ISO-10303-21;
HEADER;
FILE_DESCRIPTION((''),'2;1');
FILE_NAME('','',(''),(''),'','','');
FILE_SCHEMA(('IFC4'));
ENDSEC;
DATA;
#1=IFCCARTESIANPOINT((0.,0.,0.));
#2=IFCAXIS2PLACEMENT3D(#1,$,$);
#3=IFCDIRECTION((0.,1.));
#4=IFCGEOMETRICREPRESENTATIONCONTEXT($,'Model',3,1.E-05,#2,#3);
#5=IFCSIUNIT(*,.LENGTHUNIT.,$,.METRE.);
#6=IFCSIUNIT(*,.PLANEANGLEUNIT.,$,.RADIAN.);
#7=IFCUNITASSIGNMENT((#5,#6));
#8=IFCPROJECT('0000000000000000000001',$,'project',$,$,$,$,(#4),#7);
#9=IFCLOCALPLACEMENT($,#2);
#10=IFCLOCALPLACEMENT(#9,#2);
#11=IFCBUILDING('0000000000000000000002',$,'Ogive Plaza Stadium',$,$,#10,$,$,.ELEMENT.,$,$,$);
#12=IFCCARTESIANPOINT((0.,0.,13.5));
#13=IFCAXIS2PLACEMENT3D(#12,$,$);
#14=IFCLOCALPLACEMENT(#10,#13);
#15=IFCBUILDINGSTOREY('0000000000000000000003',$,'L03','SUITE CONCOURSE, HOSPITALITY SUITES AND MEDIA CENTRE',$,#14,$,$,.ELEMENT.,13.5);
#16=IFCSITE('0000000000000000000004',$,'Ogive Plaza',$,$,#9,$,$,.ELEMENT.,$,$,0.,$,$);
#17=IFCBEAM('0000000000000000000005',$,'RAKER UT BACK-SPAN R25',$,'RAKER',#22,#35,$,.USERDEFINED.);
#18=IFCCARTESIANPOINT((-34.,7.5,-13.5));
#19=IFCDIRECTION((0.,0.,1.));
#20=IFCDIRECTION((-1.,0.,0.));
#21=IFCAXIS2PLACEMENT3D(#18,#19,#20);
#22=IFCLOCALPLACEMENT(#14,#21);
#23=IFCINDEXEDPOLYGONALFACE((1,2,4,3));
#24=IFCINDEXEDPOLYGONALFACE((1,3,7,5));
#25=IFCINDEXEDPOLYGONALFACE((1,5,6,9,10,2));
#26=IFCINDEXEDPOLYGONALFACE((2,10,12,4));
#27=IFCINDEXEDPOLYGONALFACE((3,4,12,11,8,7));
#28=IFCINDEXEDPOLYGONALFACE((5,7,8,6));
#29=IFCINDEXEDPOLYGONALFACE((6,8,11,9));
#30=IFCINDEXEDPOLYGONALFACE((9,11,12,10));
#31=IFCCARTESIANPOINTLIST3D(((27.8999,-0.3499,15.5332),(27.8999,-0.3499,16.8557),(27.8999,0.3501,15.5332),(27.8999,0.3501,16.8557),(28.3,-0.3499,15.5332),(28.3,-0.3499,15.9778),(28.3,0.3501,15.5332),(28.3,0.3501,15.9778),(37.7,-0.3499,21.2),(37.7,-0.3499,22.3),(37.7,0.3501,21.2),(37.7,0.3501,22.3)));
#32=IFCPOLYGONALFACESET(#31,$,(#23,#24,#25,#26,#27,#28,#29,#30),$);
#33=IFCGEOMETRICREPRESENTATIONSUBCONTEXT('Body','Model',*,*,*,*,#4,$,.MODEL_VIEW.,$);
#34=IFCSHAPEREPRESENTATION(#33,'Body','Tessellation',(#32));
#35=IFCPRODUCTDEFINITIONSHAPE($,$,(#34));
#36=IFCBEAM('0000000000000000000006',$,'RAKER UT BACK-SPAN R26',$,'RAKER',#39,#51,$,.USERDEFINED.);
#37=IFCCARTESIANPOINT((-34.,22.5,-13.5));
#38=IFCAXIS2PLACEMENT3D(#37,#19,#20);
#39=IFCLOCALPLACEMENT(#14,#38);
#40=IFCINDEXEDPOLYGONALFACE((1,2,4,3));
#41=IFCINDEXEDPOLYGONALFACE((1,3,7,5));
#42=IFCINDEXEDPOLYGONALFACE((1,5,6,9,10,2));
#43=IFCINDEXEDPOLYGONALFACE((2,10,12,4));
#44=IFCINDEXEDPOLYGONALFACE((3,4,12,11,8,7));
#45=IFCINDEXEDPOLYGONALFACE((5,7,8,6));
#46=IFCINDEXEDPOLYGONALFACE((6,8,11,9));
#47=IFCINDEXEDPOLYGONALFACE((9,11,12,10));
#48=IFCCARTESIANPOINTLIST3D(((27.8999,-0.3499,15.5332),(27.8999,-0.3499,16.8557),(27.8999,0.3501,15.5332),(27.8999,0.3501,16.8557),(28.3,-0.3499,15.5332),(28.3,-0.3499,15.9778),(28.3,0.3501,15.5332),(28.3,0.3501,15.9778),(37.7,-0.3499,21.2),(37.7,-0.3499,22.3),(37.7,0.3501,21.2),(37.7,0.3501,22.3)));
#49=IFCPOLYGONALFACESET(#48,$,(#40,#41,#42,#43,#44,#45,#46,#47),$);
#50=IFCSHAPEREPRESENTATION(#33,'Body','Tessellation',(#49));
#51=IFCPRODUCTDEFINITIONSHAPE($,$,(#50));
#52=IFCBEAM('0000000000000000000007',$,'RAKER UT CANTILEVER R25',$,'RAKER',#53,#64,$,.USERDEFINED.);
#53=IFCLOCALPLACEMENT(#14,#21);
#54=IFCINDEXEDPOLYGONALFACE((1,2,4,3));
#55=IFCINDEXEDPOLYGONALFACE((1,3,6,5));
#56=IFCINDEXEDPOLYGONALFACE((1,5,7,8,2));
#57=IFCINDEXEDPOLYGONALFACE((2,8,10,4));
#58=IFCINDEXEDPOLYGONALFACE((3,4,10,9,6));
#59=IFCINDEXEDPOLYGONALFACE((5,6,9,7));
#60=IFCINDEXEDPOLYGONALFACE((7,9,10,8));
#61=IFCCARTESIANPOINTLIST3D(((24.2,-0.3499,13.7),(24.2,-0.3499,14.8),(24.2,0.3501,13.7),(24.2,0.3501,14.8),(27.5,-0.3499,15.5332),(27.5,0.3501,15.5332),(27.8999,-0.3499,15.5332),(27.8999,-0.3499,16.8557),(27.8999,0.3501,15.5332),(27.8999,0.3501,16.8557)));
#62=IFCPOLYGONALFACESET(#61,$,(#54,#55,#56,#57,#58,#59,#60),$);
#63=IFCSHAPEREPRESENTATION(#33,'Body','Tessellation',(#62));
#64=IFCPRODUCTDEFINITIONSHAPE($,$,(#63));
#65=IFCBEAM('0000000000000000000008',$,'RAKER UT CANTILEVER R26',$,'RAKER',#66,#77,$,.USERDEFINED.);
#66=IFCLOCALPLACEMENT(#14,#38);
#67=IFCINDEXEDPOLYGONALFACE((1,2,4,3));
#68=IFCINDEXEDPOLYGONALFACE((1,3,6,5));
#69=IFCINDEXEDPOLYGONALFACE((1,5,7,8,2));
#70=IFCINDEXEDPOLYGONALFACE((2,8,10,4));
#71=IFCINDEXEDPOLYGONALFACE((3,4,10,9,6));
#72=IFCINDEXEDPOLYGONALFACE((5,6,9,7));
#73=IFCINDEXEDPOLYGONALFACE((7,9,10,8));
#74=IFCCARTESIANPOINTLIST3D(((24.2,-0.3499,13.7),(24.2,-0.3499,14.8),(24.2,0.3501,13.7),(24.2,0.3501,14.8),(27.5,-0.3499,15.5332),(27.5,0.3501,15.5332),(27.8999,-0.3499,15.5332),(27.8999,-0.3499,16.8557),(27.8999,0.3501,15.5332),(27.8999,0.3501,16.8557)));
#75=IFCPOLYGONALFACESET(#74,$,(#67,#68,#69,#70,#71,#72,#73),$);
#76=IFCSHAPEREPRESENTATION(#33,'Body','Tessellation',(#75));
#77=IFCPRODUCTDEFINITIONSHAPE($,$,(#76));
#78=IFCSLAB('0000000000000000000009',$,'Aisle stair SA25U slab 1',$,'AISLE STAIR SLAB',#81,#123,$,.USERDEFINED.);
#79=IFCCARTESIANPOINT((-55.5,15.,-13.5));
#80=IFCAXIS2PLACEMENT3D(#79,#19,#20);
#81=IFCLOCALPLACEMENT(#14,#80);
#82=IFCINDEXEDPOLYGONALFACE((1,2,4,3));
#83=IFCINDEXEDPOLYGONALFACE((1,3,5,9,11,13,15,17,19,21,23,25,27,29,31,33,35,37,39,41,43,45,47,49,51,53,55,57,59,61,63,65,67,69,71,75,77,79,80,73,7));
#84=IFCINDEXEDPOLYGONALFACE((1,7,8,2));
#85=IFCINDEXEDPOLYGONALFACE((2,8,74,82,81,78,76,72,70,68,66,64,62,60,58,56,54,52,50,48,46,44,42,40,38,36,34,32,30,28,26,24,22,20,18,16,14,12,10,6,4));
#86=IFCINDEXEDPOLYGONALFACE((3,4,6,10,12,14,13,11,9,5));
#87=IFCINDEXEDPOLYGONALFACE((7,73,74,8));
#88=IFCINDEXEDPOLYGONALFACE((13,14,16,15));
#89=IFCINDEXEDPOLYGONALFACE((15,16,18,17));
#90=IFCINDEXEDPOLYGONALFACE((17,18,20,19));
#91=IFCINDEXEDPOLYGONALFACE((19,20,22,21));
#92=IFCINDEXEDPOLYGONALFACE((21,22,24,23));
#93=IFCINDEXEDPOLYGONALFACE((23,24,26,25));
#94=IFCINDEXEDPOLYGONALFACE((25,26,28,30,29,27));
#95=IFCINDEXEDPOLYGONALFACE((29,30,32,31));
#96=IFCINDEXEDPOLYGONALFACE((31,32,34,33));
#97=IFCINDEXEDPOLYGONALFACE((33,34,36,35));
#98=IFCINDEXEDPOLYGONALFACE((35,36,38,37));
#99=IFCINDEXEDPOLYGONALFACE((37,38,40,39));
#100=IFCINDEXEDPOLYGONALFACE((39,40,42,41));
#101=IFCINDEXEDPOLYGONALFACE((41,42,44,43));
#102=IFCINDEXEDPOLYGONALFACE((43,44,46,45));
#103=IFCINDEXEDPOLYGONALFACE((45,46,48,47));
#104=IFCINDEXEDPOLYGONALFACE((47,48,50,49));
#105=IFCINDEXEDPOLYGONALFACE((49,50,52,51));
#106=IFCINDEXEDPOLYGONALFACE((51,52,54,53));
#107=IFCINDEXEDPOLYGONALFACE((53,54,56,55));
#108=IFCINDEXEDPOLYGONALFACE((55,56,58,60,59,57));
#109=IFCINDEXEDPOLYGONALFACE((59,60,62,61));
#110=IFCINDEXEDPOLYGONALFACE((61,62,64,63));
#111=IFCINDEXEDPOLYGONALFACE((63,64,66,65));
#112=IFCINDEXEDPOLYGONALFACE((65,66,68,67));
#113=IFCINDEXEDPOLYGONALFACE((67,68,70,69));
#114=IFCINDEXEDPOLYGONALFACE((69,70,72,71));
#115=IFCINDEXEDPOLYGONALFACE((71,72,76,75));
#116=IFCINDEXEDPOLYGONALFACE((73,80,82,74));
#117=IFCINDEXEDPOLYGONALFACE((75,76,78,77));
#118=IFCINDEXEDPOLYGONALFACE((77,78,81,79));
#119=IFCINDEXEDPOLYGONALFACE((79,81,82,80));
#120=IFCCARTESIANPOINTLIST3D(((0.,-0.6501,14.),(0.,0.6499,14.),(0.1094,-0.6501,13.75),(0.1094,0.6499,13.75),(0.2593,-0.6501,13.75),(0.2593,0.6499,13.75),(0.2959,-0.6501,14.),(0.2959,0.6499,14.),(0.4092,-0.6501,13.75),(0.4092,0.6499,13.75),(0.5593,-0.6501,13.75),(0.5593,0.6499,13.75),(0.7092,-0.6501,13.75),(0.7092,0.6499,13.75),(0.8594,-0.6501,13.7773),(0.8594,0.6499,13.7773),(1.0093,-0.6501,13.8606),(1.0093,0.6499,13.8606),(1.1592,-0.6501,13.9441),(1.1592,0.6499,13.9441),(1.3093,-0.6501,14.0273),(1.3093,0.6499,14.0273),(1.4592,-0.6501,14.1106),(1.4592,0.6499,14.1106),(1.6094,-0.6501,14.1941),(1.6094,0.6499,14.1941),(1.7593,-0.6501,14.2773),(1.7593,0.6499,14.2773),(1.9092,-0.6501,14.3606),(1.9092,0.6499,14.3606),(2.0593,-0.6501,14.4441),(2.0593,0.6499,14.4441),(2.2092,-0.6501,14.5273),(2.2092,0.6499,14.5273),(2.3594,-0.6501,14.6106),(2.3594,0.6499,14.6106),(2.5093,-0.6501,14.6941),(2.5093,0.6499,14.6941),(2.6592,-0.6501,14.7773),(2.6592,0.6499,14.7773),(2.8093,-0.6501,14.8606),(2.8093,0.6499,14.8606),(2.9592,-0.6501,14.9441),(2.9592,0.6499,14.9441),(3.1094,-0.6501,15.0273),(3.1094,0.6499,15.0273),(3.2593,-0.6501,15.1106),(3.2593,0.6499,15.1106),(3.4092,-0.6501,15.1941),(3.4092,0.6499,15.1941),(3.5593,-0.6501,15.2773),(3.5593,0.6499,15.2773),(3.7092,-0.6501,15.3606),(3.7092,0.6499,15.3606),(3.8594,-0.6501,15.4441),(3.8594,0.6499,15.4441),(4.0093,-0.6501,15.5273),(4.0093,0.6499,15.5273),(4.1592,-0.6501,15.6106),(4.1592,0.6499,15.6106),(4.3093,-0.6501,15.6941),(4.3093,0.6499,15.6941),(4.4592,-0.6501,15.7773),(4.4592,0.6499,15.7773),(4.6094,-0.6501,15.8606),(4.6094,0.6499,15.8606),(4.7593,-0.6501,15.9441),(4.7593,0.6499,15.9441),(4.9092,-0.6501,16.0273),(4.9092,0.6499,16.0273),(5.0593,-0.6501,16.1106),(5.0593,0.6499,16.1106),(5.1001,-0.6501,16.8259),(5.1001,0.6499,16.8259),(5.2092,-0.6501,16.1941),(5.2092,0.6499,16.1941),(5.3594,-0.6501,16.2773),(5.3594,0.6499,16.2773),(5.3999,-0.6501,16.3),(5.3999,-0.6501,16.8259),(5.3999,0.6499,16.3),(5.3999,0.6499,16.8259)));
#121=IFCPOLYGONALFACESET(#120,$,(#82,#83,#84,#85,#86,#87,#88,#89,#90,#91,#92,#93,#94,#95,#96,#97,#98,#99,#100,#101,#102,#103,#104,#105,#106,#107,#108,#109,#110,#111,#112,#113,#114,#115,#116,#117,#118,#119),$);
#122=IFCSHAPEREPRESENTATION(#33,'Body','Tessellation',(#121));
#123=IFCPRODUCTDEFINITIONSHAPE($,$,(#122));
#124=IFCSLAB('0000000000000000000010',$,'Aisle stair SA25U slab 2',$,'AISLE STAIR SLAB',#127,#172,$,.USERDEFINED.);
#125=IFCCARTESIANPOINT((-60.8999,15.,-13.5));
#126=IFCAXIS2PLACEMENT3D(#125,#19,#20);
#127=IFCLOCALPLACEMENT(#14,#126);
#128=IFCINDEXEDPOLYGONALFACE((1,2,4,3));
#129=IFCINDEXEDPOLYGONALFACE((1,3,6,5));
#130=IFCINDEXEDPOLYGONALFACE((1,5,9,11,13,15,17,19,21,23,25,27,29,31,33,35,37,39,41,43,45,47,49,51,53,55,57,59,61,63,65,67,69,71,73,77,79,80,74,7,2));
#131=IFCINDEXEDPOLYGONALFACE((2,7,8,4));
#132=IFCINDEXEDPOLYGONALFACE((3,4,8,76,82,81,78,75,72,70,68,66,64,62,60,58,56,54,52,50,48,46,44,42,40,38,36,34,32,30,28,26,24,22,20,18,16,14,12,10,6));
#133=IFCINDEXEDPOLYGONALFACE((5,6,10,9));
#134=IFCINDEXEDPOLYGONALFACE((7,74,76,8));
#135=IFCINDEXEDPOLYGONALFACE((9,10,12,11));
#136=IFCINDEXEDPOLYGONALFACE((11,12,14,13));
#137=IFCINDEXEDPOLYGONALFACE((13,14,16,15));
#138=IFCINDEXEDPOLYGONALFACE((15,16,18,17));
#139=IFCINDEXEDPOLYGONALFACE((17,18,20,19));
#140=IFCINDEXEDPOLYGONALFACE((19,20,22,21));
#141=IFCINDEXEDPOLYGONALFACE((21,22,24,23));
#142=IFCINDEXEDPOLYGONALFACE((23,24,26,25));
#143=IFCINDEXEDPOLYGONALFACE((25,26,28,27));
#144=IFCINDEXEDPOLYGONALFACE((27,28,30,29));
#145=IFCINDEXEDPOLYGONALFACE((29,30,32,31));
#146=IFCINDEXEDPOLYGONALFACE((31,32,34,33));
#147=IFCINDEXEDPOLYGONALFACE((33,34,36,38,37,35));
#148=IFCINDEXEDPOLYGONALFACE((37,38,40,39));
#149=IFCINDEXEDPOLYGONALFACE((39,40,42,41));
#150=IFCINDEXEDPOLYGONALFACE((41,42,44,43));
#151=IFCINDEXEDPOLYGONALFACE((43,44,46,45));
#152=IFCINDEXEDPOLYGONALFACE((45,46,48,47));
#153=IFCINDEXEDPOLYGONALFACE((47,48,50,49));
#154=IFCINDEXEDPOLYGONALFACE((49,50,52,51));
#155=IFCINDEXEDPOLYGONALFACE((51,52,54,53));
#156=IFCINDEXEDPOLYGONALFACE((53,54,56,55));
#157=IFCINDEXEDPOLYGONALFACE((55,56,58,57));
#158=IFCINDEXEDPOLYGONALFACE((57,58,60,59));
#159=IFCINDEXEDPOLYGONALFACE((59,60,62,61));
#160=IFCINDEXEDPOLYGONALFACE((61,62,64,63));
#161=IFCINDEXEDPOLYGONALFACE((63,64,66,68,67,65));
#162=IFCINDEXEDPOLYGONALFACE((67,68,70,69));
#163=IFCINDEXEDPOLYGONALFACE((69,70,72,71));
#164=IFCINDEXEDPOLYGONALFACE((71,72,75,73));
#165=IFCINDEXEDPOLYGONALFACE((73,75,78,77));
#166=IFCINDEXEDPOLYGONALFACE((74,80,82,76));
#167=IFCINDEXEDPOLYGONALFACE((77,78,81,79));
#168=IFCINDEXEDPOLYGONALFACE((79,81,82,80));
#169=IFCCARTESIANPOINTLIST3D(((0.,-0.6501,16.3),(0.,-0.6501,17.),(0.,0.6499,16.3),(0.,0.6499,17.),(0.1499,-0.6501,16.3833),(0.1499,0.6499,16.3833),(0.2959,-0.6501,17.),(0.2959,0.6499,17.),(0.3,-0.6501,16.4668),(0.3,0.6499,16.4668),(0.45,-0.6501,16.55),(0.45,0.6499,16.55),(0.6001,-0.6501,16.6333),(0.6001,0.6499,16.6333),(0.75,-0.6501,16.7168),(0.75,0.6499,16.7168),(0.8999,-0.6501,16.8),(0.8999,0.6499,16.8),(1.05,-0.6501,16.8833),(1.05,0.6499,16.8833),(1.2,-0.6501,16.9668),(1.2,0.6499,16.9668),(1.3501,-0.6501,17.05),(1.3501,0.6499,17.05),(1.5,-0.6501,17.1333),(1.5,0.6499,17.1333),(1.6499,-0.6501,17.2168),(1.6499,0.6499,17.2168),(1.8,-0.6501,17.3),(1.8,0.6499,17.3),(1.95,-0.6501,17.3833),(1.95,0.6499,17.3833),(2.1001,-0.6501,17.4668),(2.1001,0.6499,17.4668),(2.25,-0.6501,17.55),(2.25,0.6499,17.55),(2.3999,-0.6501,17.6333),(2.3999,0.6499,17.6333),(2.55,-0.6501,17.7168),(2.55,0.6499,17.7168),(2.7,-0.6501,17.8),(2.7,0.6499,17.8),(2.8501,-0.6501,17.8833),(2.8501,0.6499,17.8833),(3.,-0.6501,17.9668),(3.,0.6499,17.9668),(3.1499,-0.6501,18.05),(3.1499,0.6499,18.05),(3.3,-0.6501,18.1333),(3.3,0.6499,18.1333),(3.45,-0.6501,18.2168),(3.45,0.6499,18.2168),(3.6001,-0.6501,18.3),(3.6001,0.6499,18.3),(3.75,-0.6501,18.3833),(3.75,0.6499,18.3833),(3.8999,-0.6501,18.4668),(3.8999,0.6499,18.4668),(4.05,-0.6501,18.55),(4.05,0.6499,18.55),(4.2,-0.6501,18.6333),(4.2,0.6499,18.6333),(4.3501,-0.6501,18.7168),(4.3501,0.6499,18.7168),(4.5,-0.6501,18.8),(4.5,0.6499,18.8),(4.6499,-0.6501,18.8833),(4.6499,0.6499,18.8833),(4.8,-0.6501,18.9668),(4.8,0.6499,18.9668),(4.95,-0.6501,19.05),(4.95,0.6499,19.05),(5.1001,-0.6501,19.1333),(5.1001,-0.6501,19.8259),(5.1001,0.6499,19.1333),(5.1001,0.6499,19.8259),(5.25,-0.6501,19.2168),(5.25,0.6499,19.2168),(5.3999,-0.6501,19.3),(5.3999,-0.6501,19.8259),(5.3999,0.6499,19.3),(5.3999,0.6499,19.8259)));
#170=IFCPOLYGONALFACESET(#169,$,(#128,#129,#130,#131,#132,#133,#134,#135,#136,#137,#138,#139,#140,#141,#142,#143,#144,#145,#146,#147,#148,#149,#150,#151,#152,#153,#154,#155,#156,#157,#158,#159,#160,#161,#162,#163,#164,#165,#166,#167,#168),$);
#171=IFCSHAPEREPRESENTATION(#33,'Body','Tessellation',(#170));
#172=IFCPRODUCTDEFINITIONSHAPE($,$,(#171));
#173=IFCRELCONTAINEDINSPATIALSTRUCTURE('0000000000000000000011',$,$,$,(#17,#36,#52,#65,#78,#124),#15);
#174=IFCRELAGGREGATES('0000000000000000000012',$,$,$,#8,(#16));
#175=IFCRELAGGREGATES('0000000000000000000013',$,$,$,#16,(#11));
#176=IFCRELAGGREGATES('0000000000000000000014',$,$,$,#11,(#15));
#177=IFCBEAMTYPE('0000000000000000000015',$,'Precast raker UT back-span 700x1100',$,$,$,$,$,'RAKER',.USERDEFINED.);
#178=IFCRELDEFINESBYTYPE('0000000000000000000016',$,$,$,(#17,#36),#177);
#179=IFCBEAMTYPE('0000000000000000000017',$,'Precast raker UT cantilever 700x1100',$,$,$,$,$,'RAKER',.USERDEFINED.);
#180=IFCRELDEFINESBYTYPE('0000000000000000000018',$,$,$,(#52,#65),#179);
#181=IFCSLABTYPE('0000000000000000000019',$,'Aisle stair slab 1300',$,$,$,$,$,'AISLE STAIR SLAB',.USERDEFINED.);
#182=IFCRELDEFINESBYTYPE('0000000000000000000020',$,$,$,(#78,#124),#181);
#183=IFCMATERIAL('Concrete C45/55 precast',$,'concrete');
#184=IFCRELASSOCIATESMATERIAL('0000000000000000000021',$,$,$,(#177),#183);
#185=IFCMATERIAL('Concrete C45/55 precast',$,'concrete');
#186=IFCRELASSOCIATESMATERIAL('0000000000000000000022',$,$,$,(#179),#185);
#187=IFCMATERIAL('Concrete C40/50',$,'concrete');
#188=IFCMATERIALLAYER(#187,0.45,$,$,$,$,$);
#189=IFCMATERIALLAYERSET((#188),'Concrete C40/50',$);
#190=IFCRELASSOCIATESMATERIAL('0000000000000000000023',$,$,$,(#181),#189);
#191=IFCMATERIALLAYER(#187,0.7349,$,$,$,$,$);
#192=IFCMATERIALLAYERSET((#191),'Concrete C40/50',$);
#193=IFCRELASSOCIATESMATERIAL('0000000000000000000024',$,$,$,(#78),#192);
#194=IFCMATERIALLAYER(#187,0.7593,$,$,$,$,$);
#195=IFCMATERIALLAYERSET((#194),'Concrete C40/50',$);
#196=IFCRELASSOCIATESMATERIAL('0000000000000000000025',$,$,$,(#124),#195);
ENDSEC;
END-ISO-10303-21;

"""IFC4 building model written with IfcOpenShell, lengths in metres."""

from ifc_helpers import new_model, si_unit, direction, frame, origin, origin_2d, place, context, subcontext, project, spatial, polyline, rectangle, outline, extrude, material, layer, layer_set, material_profile, profile_set, type_object, element, save


model = new_model("IFC4")

# Units and contexts
model_context = context("Model", 3, precision=1e-05, world=origin(), true_north=direction((0.0, 1.0)))
body_context = subcontext(model_context, "Body", "Model", "MODEL_VIEW")
ifc_project = project(units=[si_unit("LENGTHUNIT", "METRE"), si_unit("PLANEANGLEUNIT", "RADIAN")], contexts=[model_context])

# Site, building, storey
site_placement = place(None, origin())
site = spatial("IfcSite", under=ifc_project, at=site_placement, Name="Ogive Plaza", CompositionType="ELEMENT", RefElevation=0.0)
building_placement = place(site_placement, origin())
building = spatial("IfcBuilding", under=site, at=building_placement, Name="Ogive Plaza Stadium", CompositionType="ELEMENT")
storey_placement = place(building_placement, frame((0.0, 0.0, 13.5)))
storey = spatial("IfcBuildingStorey", under=building, at=storey_placement, Name="L03", Description="SUITE CONCOURSE, HOSPITALITY SUITES AND MEDIA CENTRE", CompositionType="ELEMENT", Elevation=13.5)

# Beams
ifc_material_1 = material(Name="Concrete C45/55 precast", Category="concrete")
ifc_material_profile_1 = material_profile(ifc_material_1, rectangle(XDim=0.7, YDim=1.1001, at=origin_2d()), Name="RC 700x1100")
ifc_profile_set_1 = profile_set([ifc_material_profile_1], Name="Concrete C45/55 precast")
beam_type_1 = type_object("IfcBeamType", Name="Precast raker UT back-span 700x1100", ElementType="RAKER", PredefinedType="USERDEFINED", material=ifc_profile_set_1)
for number, where, z_axis, x_axis, name in (
    (1, (-34.0, 7.5, -13.5), (0.0, 0.0, 1.0), (-1.0, 0.0, 0.0), "RAKER UT BACK-SPAN R25"),
    (2, (-34.0, 22.5, -13.5), (0.0, 0.0, 1.0), (-1.0, 0.0, 0.0), "RAKER UT BACK-SPAN R26"),
):
    element("IfcBeam", number, at=place(storey_placement, frame(where, z_axis=z_axis, x_axis=x_axis)), inside=storey, type_object=beam_type_1, Name=name, ObjectType="RAKER", PredefinedType="USERDEFINED", context=body_context, shape_type="SweptSolid", body=[
        extrude(outline(polyline([(27.8999, 15.5332), (28.3, 15.5332), (28.3, 15.9778), (37.7, 21.2), (37.7, 22.3), (27.8999, 16.8557), (27.8999, 15.5332)])), frame((0.0, 0.3501, 0.0), z_axis=(0.0, -1.0, 0.0), x_axis=(1.0, 0.0, 0.0)), (0.0, 0.0, 1.0), 0.7),
    ])
ifc_material_2 = material(Name="Concrete C45/55 precast", Category="concrete")
ifc_material_profile_2 = material_profile(ifc_material_2, rectangle(XDim=0.7, YDim=1.1001, at=origin_2d()), Name="RC 700x1100")
ifc_profile_set_2 = profile_set([ifc_material_profile_2], Name="Concrete C45/55 precast")
beam_type_2 = type_object("IfcBeamType", Name="Precast raker UT cantilever 700x1100", ElementType="RAKER", PredefinedType="USERDEFINED", material=ifc_profile_set_2)
for number, where, z_axis, x_axis, name in (
    (3, (-34.0, 7.5, -13.5), (0.0, 0.0, 1.0), (-1.0, 0.0, 0.0), "RAKER UT CANTILEVER R25"),
    (4, (-34.0, 22.5, -13.5), (0.0, 0.0, 1.0), (-1.0, 0.0, 0.0), "RAKER UT CANTILEVER R26"),
):
    element("IfcBeam", number, at=place(storey_placement, frame(where, z_axis=z_axis, x_axis=x_axis)), inside=storey, type_object=beam_type_2, Name=name, ObjectType="RAKER", PredefinedType="USERDEFINED", context=body_context, shape_type="SweptSolid", body=[
        extrude(outline(polyline([(24.2, 13.7), (27.5, 15.5332), (27.8999, 15.5332), (27.8999, 16.8557), (24.2, 14.8), (24.2, 13.7)])), frame((0.0, 0.3501, 0.0), z_axis=(0.0, -1.0, 0.0), x_axis=(1.0, 0.0, 0.0)), (0.0, 0.0, 1.0), 0.7),
    ])

# Slabs
ifc_material_3 = material(Name="Concrete C40/50", Category="concrete")
ifc_layer_1 = layer(ifc_material_3, 0.7349)
ifc_layer_set_1 = layer_set([ifc_layer_1], Name="Concrete C40/50")
ifc_layer_2 = layer(ifc_material_3, 0.45)
ifc_layer_set_2 = layer_set([ifc_layer_2], Name="Concrete C40/50")
slab_type_1 = type_object("IfcSlabType", Name="Aisle stair slab 1300", ElementType="AISLE STAIR SLAB", PredefinedType="USERDEFINED", material=ifc_layer_set_2)
slab_1_placement = place(storey_placement, frame((-55.5, 15.0, -13.5), z_axis=(0.0, 0.0, 1.0), x_axis=(-1.0, 0.0, 0.0)))
element("IfcSlab", 5, at=slab_1_placement, inside=storey, type_object=slab_type_1, material=ifc_layer_set_1, Name="Aisle stair SA25U slab 1", ObjectType="AISLE STAIR SLAB", PredefinedType="USERDEFINED", context=body_context, shape_type="SweptSolid", body=[
    extrude(outline(polyline([(0.0, 14.0), (0.2959, 14.0), (5.1001, 16.8259), (5.3999, 16.8259), (5.3999, 16.3), (5.3594, 16.2773), (5.2092, 16.1941), (5.0593, 16.1106), (4.9092, 16.0273), (4.7593, 15.9441), (4.6094, 15.8606), (4.4592, 15.7773), (4.3093, 15.6941), (4.1592, 15.6106), (4.0093, 15.5273), (3.8594, 15.4441), (3.7092, 15.3606), (3.5593, 15.2773), (3.4092, 15.1941), (3.2593, 15.1106), (3.1094, 15.0273), (2.9592, 14.9441), (2.8093, 14.8606), (2.6592, 14.7773), (2.5093, 14.6941), (2.3594, 14.6106), (2.2092, 14.5273), (2.0593, 14.4441), (1.9092, 14.3606), (1.7593, 14.2773), (1.6094, 14.1941), (1.4592, 14.1106), (1.3093, 14.0273), (1.1592, 13.9441), (1.0093, 13.8606), (0.8594, 13.7773), (0.7092, 13.75), (0.5593, 13.75), (0.4092, 13.75), (0.2593, 13.75), (0.1094, 13.75), (0.0, 14.0)])), frame((0.0, 0.6499, 0.0), z_axis=(0.0, -1.0, 0.0), x_axis=(1.0, 0.0, 0.0)), (0.0, 0.0, 1.0), 1.3),
])
ifc_layer_3 = layer(ifc_material_3, 0.7593)
ifc_layer_set_3 = layer_set([ifc_layer_3], Name="Concrete C40/50")
slab_2_placement = place(storey_placement, frame((-60.8999, 15.0, -13.5), z_axis=(0.0, 0.0, 1.0), x_axis=(-1.0, 0.0, 0.0)))
element("IfcSlab", 6, at=slab_2_placement, inside=storey, type_object=slab_type_1, material=ifc_layer_set_3, Name="Aisle stair SA25U slab 2", ObjectType="AISLE STAIR SLAB", PredefinedType="USERDEFINED", context=body_context, shape_type="SweptSolid", body=[
    extrude(outline(polyline([(0.0, 17.0), (0.2959, 17.0), (5.1001, 19.8259), (5.3999, 19.8259), (5.3999, 19.3), (5.25, 19.2168), (5.1001, 19.1333), (4.95, 19.05), (4.8, 18.9668), (4.6499, 18.8833), (4.5, 18.8), (4.3501, 18.7168), (4.2, 18.6333), (4.05, 18.55), (3.8999, 18.4668), (3.75, 18.3833), (3.6001, 18.3), (3.45, 18.2168), (3.3, 18.1333), (3.1499, 18.05), (3.0, 17.9668), (2.8501, 17.8833), (2.7, 17.8), (2.55, 17.7168), (2.3999, 17.6333), (2.25, 17.55), (2.1001, 17.4668), (1.95, 17.3833), (1.8, 17.3), (1.6499, 17.2168), (1.5, 17.1333), (1.3501, 17.05), (1.2, 16.9668), (1.05, 16.8833), (0.8999, 16.8), (0.75, 16.7168), (0.6001, 16.6333), (0.45, 16.55), (0.3, 16.4668), (0.1499, 16.3833), (0.0, 16.3), (0.0, 17.0)])), frame((0.0, 0.6499, 0.0), z_axis=(0.0, -1.0, 0.0), x_axis=(1.0, 0.0, 0.0)), (0.0, 0.0, 1.0), 1.3),
])

save(model, "model.ifc")
